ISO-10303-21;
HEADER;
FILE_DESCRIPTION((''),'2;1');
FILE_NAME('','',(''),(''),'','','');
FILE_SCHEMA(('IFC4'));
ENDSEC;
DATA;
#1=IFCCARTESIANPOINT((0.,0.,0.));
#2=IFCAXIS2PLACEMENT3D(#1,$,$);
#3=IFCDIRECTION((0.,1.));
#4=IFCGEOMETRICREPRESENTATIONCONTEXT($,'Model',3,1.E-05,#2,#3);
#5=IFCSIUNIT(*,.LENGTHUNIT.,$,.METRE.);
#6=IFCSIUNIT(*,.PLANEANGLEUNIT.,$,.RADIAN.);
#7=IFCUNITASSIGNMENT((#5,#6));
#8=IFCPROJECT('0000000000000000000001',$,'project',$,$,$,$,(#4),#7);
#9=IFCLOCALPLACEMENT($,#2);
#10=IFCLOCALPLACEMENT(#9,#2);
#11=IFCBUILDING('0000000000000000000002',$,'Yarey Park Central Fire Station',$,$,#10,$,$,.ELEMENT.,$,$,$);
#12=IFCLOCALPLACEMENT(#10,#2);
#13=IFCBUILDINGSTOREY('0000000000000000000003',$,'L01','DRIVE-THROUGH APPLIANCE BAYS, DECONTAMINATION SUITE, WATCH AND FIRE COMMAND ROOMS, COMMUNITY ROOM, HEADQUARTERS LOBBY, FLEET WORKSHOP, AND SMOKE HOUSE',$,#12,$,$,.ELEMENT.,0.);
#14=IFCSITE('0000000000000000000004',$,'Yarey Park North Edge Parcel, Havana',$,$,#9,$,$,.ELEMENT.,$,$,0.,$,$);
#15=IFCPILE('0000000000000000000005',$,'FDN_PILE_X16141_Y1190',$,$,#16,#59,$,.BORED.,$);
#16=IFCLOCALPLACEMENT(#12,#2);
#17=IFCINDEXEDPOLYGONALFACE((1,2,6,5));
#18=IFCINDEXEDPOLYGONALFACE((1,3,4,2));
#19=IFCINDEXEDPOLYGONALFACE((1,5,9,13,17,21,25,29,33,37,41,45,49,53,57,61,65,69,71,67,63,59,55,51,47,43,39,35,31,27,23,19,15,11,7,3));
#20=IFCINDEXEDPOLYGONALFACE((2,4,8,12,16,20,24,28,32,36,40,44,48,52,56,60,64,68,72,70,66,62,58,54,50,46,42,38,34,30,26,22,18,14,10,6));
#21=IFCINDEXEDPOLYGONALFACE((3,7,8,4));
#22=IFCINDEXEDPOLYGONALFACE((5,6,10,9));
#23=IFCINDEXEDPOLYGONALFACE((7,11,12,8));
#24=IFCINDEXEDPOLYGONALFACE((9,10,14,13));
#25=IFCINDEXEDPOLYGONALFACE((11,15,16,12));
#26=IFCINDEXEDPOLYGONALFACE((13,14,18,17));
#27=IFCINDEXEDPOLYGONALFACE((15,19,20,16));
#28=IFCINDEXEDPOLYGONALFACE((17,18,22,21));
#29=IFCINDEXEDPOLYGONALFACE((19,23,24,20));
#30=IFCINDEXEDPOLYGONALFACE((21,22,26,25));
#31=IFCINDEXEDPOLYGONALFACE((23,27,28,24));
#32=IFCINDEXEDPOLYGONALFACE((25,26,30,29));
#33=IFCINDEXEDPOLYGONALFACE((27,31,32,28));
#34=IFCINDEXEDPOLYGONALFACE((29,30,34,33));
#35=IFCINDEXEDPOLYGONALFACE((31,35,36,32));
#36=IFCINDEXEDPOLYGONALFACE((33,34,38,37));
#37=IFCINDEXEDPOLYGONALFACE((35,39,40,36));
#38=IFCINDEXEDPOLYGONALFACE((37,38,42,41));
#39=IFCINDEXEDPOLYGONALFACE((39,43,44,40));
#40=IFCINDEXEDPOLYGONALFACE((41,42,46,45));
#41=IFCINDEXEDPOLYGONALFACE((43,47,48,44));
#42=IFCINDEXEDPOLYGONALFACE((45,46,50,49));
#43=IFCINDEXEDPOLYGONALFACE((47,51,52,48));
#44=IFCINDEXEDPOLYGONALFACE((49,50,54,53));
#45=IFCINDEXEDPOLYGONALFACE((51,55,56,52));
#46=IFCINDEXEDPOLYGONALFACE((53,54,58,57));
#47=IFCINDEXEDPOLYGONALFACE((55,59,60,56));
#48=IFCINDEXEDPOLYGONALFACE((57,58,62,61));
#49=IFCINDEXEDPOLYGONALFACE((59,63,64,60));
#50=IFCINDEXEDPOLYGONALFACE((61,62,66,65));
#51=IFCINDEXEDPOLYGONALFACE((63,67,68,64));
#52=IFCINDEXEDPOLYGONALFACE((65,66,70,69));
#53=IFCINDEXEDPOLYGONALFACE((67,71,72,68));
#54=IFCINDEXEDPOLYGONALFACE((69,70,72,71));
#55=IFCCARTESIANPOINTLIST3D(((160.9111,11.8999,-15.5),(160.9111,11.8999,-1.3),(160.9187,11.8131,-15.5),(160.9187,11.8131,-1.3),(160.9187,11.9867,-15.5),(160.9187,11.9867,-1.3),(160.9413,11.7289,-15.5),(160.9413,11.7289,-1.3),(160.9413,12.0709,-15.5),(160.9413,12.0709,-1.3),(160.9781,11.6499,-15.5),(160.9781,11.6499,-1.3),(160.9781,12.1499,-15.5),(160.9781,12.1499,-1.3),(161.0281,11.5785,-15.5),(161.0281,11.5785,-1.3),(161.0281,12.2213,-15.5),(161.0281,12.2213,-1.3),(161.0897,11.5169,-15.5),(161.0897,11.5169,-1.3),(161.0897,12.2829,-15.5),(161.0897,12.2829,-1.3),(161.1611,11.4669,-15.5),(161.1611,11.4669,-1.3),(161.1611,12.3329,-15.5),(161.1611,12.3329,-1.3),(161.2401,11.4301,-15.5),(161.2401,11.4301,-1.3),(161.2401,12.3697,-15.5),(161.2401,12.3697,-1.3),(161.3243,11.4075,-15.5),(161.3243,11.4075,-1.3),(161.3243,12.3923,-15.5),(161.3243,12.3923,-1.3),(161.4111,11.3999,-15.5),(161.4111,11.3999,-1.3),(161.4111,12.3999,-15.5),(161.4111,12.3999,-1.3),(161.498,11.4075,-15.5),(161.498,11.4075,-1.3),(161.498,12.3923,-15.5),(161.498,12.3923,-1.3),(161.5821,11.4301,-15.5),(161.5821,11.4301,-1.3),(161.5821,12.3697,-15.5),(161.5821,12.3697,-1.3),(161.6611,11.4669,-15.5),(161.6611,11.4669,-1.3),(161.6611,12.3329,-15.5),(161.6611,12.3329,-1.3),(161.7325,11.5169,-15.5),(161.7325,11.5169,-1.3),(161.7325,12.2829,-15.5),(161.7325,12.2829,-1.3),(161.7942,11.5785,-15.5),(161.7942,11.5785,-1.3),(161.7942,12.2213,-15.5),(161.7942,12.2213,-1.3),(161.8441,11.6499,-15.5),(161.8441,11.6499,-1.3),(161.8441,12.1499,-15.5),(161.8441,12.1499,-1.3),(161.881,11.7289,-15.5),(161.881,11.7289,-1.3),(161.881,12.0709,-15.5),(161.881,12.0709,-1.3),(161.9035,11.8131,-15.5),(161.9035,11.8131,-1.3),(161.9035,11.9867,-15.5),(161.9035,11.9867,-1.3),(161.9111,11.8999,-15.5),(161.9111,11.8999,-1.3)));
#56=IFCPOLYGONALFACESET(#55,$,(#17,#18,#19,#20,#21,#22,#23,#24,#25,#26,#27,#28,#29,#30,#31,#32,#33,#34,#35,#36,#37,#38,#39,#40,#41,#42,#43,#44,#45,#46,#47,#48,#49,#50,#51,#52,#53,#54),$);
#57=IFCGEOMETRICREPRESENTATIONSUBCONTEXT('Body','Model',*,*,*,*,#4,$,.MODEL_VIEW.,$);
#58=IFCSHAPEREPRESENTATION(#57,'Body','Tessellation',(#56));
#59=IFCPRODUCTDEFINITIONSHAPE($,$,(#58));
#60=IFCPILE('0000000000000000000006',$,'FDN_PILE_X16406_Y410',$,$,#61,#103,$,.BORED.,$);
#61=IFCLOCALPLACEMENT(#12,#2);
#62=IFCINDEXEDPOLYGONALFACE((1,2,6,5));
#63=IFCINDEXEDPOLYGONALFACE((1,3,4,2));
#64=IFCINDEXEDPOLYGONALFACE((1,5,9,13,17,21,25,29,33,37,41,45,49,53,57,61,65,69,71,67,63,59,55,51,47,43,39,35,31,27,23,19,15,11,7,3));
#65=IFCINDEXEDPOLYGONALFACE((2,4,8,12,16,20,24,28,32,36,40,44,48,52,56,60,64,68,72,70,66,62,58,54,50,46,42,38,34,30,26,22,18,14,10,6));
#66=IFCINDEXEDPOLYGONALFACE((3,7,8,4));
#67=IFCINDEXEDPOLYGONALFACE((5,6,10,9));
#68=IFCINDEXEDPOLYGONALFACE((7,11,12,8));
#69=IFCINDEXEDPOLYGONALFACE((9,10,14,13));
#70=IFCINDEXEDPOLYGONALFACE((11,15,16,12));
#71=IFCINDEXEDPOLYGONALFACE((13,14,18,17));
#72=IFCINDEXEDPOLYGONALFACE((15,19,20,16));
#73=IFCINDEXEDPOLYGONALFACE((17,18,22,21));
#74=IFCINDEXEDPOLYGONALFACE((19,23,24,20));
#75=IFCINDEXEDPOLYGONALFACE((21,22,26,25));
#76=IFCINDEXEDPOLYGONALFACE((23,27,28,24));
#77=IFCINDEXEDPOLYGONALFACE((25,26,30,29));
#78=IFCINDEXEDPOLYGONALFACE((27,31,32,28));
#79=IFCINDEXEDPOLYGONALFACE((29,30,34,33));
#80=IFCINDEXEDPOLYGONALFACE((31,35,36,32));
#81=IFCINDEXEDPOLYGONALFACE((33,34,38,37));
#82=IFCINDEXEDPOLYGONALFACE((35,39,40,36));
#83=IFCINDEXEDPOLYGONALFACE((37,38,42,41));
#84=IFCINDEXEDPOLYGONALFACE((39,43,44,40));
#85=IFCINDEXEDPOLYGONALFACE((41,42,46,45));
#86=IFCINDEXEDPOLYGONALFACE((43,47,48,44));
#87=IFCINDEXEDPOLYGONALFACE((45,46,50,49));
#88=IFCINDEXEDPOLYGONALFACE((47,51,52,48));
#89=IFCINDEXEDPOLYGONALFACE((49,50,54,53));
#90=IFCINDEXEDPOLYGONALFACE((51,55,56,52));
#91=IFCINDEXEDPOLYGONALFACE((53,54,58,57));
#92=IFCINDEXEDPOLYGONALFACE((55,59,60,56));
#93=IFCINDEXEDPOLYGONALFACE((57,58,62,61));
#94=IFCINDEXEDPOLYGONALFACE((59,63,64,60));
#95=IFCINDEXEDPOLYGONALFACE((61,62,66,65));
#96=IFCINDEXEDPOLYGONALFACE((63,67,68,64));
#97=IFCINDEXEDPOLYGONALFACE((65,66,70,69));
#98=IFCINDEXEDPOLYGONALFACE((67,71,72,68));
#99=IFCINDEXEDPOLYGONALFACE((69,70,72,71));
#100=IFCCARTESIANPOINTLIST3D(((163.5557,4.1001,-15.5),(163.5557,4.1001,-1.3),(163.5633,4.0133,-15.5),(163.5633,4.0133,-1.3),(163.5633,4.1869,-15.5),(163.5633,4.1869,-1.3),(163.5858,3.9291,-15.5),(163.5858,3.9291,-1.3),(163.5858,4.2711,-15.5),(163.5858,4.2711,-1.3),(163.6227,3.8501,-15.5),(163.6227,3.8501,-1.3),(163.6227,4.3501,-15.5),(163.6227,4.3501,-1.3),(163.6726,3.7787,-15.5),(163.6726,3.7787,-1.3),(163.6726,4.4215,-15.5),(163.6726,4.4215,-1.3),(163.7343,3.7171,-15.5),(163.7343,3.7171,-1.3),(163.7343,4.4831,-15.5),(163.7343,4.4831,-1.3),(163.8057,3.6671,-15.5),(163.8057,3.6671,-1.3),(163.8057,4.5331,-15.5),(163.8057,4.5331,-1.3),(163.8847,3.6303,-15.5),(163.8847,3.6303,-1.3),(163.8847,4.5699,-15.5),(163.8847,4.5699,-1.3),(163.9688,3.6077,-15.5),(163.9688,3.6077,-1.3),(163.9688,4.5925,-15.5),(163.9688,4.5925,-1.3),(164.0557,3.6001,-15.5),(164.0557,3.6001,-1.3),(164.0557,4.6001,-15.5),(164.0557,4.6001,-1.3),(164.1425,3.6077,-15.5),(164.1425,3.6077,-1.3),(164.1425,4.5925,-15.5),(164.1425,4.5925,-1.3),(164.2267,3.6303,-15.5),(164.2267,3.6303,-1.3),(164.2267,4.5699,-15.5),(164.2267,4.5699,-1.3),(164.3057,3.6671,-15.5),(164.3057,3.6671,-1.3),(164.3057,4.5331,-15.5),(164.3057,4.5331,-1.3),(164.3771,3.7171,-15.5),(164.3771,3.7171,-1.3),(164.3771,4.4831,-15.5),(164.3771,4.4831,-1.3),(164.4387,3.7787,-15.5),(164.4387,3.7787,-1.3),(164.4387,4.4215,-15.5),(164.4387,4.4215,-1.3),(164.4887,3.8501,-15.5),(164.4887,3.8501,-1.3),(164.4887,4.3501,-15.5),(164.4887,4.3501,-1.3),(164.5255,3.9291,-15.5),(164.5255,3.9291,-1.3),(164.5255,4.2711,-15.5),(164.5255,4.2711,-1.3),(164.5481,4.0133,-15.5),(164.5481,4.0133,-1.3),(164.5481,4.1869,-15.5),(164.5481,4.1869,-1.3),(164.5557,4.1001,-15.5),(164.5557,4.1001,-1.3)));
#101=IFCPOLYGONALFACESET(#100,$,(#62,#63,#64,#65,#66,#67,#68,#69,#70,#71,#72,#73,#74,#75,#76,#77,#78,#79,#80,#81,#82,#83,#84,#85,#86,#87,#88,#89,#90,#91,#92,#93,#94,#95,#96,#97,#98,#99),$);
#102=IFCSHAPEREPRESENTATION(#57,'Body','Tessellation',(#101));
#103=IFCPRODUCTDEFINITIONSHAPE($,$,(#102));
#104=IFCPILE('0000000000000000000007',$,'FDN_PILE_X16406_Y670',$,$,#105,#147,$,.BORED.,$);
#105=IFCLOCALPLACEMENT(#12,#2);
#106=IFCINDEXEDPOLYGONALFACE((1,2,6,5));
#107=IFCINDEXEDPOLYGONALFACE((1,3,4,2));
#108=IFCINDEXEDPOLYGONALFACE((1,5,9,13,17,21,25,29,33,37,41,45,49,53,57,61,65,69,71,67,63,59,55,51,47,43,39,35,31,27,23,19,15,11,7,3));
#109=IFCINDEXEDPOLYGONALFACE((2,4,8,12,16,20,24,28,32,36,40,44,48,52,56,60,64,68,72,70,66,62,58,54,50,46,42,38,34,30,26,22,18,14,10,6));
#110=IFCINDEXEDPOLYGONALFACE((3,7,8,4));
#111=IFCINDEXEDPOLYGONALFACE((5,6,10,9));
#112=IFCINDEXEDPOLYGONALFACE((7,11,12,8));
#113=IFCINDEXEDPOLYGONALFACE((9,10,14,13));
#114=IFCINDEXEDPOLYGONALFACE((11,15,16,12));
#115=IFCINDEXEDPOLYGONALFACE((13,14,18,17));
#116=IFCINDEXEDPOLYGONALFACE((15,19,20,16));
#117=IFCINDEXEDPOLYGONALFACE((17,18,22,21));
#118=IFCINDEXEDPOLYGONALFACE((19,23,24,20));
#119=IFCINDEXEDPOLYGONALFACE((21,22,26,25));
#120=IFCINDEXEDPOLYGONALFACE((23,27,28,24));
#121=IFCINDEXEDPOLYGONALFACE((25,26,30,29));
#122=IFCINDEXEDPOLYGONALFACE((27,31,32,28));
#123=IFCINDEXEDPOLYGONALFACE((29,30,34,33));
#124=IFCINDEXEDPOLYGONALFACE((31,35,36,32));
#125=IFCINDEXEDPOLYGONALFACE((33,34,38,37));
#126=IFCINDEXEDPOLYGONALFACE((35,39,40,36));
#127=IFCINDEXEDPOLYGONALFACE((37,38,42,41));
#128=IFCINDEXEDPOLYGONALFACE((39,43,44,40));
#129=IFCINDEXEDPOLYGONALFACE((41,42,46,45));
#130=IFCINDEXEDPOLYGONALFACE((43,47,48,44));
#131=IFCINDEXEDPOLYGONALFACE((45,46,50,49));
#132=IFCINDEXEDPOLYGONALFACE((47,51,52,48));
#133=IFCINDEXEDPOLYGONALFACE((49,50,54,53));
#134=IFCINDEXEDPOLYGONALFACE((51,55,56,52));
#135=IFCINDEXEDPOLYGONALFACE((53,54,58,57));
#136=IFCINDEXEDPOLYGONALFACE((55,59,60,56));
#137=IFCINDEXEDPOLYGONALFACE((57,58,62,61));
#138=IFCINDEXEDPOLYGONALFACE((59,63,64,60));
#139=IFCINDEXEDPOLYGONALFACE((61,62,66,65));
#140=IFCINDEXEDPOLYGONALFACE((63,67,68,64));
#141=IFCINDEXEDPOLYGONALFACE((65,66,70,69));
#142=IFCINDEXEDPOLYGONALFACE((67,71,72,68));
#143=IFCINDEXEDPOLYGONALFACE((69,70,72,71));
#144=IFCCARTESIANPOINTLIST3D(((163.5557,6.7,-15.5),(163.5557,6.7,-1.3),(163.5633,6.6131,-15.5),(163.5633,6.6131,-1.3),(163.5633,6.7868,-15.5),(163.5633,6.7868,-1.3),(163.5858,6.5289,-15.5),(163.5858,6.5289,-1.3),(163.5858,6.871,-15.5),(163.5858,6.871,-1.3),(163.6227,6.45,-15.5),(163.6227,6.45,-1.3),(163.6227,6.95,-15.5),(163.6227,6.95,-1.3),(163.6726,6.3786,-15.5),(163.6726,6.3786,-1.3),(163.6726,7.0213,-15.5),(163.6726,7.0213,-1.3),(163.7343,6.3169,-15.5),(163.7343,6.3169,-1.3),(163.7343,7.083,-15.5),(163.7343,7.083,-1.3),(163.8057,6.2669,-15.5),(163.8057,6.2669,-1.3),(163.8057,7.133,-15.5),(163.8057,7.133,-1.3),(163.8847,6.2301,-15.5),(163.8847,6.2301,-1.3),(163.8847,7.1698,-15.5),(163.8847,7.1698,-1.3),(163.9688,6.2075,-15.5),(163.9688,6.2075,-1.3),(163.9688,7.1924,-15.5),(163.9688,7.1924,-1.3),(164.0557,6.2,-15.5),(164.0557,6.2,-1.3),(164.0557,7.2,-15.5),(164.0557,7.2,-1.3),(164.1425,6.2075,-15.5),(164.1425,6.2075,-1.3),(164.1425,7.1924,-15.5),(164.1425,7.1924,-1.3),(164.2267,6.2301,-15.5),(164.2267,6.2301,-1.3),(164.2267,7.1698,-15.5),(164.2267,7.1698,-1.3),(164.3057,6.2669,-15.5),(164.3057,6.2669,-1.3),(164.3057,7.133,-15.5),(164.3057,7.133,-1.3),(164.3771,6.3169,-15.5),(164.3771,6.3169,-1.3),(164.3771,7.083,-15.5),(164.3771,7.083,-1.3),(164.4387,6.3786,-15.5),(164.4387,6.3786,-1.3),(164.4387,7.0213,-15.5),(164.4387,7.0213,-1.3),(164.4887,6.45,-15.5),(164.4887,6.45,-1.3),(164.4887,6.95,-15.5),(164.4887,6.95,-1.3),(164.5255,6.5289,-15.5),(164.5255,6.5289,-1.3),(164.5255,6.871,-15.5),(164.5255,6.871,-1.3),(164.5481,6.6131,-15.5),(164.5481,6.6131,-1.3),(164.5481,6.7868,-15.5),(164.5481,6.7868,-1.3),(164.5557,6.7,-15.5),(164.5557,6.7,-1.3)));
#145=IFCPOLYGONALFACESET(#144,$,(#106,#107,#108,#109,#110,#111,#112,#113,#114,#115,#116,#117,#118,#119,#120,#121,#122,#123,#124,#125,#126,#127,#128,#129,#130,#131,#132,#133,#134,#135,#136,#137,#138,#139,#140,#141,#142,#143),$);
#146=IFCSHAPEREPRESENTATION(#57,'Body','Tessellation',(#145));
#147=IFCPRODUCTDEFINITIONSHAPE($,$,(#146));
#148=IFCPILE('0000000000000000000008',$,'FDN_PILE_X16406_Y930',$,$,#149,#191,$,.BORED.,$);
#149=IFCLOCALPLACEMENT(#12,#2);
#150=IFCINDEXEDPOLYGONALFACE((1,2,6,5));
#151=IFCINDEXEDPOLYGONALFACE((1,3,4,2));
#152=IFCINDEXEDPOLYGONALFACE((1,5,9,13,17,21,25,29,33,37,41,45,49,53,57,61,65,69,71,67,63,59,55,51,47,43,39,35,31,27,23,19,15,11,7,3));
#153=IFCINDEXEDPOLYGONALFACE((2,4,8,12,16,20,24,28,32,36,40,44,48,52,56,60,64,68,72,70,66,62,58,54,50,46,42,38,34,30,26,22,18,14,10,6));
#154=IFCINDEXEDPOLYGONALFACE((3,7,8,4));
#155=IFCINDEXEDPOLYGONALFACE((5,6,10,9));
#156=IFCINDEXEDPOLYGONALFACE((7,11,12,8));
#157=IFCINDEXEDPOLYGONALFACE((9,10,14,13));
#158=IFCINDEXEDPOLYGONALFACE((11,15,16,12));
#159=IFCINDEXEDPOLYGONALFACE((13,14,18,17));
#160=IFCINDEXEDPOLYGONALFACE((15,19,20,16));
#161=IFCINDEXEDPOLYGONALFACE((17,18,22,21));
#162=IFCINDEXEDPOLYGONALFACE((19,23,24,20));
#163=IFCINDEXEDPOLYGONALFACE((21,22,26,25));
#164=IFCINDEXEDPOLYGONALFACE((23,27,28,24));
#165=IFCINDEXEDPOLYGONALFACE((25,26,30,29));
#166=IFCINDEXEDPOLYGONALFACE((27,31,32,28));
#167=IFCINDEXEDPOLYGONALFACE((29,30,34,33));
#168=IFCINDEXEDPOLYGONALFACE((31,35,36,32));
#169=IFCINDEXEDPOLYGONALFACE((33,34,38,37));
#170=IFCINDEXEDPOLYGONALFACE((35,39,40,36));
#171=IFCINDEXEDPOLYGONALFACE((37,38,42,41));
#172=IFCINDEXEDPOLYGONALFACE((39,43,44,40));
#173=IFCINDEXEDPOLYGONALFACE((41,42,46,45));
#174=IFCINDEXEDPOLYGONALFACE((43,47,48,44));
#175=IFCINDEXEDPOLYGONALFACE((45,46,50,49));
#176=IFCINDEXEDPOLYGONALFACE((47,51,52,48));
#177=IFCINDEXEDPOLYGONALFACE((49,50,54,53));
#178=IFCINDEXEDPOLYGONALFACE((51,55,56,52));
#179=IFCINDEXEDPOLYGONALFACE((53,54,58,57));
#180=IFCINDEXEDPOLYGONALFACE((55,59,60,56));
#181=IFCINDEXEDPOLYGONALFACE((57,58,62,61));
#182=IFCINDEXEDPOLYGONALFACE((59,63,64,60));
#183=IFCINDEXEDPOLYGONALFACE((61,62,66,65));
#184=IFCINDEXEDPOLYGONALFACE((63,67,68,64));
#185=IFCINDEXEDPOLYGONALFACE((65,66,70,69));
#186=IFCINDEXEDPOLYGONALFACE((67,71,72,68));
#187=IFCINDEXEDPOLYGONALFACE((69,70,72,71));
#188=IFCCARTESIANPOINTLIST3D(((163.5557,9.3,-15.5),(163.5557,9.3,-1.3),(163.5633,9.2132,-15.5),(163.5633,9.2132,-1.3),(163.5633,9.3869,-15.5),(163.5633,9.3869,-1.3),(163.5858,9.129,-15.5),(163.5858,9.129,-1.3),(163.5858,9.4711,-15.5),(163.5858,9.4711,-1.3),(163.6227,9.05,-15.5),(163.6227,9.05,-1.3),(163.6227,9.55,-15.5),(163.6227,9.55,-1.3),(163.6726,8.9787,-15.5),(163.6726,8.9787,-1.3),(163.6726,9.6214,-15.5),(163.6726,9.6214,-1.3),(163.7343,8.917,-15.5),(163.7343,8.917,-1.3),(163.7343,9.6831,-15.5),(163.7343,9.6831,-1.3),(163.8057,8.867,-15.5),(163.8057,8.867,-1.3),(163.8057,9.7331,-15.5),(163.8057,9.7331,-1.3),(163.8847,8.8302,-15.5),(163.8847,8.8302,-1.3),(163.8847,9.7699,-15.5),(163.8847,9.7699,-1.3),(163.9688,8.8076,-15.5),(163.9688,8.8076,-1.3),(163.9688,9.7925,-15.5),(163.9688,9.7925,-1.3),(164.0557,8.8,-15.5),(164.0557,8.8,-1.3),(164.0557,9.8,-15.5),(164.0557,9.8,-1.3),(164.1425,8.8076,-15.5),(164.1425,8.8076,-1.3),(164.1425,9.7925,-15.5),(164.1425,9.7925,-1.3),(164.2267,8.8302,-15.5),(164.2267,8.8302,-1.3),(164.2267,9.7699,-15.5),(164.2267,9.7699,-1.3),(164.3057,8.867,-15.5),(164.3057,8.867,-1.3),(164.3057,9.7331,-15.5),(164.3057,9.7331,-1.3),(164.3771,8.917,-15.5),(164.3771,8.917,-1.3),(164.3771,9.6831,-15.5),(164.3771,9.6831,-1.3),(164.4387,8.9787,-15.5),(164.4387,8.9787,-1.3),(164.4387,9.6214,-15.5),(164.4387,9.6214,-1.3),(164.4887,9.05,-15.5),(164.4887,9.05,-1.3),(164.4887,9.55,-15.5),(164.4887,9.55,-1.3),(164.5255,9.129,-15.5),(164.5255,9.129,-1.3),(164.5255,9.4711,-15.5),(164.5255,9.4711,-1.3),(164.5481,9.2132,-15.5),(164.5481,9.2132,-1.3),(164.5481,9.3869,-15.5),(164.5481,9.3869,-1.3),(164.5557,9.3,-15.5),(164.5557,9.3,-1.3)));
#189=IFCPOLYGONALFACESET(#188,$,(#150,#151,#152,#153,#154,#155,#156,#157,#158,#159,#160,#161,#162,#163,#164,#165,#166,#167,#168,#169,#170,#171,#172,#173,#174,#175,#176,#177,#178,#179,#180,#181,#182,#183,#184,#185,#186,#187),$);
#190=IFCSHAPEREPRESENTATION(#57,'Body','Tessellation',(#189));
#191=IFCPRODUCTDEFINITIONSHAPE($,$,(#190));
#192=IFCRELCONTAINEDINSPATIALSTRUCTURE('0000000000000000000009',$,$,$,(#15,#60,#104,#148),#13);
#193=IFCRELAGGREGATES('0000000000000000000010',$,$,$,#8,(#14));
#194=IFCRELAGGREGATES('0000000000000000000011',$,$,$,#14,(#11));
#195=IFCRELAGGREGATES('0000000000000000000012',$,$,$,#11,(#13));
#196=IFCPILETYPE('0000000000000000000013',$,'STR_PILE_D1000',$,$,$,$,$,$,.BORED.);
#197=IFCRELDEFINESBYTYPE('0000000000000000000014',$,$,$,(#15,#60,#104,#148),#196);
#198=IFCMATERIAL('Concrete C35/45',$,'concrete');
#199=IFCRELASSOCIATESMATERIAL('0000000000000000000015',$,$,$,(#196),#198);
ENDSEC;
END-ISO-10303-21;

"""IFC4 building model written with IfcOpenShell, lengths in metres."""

from ifc_helpers import new_model, si_unit, direction, frame, origin, origin_2d, place, context, subcontext, project, spatial, circle, extrude, material, material_profile, profile_set, type_object, element, save


model = new_model("IFC4")

# Units and contexts
model_context = context("Model", 3, precision=1e-05, world=origin(), true_north=direction((0.0, 1.0)))
body_context = subcontext(model_context, "Body", "Model", "MODEL_VIEW")
ifc_project = project(units=[si_unit("LENGTHUNIT", "METRE"), si_unit("PLANEANGLEUNIT", "RADIAN")], contexts=[model_context])

# Site, building, storey
site_placement = place(None, origin())
site = spatial("IfcSite", under=ifc_project, at=site_placement, Name="Yarey Park North Edge Parcel, Havana", CompositionType="ELEMENT", RefElevation=0.0)
building_placement = place(site_placement, origin())
building = spatial("IfcBuilding", under=site, at=building_placement, Name="Yarey Park Central Fire Station", CompositionType="ELEMENT")
storey_placement = place(building_placement, origin())
storey = spatial("IfcBuildingStorey", under=building, at=storey_placement, Name="L01", Description="DRIVE-THROUGH APPLIANCE BAYS, DECONTAMINATION SUITE, WATCH AND FIRE COMMAND ROOMS, COMMUNITY ROOM, HEADQUARTERS LOBBY, FLEET WORKSHOP, AND SMOKE HOUSE", CompositionType="ELEMENT", Elevation=0.0)

# Shared definitions
ifc_material_1 = material(Name="Concrete C35/45", Category="concrete")

# Piles
ifc_material_profile_1 = material_profile(ifc_material_1, circle(Radius=0.5, at=origin_2d()), Name="BORED PILE D1000")
ifc_profile_set_1 = profile_set([ifc_material_profile_1], Name="Concrete C35/45")
pile_type = type_object("IfcPileType", Name="STR_PILE_D1000", PredefinedType="BORED", material=ifc_profile_set_1)
for number, where, z_axis, x_axis, name in (
    (1, (161.4111, 11.8999, -1.3), (0.0, 0.0, -1.0), (1.0, 0.0, 0.0), "FDN_PILE_X16141_Y1190"),
    (2, (164.0557, 4.1001, -1.3), (0.0, 0.0, -1.0), (1.0, 0.0, 0.0), "FDN_PILE_X16406_Y410"),
    (3, (164.0557, 6.7, -1.3), (0.0, 0.0, -1.0), (1.0, 0.0, 0.0), "FDN_PILE_X16406_Y670"),
    (4, (164.0557, 9.3, -1.3), (0.0, 0.0, -1.0), (1.0, 0.0, 0.0), "FDN_PILE_X16406_Y930"),
):
    element("IfcPile", number, at=place(storey_placement, frame(where, z_axis=z_axis, x_axis=x_axis)), inside=storey, type_object=pile_type, Name=name, PredefinedType="BORED", context=body_context, shape_type="SweptSolid", body=[
        extrude(circle(Radius=0.5, at=origin_2d()), origin(), (0.0, 0.0, 1.0), 14.2),
    ])

save(model, "model.ifc")
